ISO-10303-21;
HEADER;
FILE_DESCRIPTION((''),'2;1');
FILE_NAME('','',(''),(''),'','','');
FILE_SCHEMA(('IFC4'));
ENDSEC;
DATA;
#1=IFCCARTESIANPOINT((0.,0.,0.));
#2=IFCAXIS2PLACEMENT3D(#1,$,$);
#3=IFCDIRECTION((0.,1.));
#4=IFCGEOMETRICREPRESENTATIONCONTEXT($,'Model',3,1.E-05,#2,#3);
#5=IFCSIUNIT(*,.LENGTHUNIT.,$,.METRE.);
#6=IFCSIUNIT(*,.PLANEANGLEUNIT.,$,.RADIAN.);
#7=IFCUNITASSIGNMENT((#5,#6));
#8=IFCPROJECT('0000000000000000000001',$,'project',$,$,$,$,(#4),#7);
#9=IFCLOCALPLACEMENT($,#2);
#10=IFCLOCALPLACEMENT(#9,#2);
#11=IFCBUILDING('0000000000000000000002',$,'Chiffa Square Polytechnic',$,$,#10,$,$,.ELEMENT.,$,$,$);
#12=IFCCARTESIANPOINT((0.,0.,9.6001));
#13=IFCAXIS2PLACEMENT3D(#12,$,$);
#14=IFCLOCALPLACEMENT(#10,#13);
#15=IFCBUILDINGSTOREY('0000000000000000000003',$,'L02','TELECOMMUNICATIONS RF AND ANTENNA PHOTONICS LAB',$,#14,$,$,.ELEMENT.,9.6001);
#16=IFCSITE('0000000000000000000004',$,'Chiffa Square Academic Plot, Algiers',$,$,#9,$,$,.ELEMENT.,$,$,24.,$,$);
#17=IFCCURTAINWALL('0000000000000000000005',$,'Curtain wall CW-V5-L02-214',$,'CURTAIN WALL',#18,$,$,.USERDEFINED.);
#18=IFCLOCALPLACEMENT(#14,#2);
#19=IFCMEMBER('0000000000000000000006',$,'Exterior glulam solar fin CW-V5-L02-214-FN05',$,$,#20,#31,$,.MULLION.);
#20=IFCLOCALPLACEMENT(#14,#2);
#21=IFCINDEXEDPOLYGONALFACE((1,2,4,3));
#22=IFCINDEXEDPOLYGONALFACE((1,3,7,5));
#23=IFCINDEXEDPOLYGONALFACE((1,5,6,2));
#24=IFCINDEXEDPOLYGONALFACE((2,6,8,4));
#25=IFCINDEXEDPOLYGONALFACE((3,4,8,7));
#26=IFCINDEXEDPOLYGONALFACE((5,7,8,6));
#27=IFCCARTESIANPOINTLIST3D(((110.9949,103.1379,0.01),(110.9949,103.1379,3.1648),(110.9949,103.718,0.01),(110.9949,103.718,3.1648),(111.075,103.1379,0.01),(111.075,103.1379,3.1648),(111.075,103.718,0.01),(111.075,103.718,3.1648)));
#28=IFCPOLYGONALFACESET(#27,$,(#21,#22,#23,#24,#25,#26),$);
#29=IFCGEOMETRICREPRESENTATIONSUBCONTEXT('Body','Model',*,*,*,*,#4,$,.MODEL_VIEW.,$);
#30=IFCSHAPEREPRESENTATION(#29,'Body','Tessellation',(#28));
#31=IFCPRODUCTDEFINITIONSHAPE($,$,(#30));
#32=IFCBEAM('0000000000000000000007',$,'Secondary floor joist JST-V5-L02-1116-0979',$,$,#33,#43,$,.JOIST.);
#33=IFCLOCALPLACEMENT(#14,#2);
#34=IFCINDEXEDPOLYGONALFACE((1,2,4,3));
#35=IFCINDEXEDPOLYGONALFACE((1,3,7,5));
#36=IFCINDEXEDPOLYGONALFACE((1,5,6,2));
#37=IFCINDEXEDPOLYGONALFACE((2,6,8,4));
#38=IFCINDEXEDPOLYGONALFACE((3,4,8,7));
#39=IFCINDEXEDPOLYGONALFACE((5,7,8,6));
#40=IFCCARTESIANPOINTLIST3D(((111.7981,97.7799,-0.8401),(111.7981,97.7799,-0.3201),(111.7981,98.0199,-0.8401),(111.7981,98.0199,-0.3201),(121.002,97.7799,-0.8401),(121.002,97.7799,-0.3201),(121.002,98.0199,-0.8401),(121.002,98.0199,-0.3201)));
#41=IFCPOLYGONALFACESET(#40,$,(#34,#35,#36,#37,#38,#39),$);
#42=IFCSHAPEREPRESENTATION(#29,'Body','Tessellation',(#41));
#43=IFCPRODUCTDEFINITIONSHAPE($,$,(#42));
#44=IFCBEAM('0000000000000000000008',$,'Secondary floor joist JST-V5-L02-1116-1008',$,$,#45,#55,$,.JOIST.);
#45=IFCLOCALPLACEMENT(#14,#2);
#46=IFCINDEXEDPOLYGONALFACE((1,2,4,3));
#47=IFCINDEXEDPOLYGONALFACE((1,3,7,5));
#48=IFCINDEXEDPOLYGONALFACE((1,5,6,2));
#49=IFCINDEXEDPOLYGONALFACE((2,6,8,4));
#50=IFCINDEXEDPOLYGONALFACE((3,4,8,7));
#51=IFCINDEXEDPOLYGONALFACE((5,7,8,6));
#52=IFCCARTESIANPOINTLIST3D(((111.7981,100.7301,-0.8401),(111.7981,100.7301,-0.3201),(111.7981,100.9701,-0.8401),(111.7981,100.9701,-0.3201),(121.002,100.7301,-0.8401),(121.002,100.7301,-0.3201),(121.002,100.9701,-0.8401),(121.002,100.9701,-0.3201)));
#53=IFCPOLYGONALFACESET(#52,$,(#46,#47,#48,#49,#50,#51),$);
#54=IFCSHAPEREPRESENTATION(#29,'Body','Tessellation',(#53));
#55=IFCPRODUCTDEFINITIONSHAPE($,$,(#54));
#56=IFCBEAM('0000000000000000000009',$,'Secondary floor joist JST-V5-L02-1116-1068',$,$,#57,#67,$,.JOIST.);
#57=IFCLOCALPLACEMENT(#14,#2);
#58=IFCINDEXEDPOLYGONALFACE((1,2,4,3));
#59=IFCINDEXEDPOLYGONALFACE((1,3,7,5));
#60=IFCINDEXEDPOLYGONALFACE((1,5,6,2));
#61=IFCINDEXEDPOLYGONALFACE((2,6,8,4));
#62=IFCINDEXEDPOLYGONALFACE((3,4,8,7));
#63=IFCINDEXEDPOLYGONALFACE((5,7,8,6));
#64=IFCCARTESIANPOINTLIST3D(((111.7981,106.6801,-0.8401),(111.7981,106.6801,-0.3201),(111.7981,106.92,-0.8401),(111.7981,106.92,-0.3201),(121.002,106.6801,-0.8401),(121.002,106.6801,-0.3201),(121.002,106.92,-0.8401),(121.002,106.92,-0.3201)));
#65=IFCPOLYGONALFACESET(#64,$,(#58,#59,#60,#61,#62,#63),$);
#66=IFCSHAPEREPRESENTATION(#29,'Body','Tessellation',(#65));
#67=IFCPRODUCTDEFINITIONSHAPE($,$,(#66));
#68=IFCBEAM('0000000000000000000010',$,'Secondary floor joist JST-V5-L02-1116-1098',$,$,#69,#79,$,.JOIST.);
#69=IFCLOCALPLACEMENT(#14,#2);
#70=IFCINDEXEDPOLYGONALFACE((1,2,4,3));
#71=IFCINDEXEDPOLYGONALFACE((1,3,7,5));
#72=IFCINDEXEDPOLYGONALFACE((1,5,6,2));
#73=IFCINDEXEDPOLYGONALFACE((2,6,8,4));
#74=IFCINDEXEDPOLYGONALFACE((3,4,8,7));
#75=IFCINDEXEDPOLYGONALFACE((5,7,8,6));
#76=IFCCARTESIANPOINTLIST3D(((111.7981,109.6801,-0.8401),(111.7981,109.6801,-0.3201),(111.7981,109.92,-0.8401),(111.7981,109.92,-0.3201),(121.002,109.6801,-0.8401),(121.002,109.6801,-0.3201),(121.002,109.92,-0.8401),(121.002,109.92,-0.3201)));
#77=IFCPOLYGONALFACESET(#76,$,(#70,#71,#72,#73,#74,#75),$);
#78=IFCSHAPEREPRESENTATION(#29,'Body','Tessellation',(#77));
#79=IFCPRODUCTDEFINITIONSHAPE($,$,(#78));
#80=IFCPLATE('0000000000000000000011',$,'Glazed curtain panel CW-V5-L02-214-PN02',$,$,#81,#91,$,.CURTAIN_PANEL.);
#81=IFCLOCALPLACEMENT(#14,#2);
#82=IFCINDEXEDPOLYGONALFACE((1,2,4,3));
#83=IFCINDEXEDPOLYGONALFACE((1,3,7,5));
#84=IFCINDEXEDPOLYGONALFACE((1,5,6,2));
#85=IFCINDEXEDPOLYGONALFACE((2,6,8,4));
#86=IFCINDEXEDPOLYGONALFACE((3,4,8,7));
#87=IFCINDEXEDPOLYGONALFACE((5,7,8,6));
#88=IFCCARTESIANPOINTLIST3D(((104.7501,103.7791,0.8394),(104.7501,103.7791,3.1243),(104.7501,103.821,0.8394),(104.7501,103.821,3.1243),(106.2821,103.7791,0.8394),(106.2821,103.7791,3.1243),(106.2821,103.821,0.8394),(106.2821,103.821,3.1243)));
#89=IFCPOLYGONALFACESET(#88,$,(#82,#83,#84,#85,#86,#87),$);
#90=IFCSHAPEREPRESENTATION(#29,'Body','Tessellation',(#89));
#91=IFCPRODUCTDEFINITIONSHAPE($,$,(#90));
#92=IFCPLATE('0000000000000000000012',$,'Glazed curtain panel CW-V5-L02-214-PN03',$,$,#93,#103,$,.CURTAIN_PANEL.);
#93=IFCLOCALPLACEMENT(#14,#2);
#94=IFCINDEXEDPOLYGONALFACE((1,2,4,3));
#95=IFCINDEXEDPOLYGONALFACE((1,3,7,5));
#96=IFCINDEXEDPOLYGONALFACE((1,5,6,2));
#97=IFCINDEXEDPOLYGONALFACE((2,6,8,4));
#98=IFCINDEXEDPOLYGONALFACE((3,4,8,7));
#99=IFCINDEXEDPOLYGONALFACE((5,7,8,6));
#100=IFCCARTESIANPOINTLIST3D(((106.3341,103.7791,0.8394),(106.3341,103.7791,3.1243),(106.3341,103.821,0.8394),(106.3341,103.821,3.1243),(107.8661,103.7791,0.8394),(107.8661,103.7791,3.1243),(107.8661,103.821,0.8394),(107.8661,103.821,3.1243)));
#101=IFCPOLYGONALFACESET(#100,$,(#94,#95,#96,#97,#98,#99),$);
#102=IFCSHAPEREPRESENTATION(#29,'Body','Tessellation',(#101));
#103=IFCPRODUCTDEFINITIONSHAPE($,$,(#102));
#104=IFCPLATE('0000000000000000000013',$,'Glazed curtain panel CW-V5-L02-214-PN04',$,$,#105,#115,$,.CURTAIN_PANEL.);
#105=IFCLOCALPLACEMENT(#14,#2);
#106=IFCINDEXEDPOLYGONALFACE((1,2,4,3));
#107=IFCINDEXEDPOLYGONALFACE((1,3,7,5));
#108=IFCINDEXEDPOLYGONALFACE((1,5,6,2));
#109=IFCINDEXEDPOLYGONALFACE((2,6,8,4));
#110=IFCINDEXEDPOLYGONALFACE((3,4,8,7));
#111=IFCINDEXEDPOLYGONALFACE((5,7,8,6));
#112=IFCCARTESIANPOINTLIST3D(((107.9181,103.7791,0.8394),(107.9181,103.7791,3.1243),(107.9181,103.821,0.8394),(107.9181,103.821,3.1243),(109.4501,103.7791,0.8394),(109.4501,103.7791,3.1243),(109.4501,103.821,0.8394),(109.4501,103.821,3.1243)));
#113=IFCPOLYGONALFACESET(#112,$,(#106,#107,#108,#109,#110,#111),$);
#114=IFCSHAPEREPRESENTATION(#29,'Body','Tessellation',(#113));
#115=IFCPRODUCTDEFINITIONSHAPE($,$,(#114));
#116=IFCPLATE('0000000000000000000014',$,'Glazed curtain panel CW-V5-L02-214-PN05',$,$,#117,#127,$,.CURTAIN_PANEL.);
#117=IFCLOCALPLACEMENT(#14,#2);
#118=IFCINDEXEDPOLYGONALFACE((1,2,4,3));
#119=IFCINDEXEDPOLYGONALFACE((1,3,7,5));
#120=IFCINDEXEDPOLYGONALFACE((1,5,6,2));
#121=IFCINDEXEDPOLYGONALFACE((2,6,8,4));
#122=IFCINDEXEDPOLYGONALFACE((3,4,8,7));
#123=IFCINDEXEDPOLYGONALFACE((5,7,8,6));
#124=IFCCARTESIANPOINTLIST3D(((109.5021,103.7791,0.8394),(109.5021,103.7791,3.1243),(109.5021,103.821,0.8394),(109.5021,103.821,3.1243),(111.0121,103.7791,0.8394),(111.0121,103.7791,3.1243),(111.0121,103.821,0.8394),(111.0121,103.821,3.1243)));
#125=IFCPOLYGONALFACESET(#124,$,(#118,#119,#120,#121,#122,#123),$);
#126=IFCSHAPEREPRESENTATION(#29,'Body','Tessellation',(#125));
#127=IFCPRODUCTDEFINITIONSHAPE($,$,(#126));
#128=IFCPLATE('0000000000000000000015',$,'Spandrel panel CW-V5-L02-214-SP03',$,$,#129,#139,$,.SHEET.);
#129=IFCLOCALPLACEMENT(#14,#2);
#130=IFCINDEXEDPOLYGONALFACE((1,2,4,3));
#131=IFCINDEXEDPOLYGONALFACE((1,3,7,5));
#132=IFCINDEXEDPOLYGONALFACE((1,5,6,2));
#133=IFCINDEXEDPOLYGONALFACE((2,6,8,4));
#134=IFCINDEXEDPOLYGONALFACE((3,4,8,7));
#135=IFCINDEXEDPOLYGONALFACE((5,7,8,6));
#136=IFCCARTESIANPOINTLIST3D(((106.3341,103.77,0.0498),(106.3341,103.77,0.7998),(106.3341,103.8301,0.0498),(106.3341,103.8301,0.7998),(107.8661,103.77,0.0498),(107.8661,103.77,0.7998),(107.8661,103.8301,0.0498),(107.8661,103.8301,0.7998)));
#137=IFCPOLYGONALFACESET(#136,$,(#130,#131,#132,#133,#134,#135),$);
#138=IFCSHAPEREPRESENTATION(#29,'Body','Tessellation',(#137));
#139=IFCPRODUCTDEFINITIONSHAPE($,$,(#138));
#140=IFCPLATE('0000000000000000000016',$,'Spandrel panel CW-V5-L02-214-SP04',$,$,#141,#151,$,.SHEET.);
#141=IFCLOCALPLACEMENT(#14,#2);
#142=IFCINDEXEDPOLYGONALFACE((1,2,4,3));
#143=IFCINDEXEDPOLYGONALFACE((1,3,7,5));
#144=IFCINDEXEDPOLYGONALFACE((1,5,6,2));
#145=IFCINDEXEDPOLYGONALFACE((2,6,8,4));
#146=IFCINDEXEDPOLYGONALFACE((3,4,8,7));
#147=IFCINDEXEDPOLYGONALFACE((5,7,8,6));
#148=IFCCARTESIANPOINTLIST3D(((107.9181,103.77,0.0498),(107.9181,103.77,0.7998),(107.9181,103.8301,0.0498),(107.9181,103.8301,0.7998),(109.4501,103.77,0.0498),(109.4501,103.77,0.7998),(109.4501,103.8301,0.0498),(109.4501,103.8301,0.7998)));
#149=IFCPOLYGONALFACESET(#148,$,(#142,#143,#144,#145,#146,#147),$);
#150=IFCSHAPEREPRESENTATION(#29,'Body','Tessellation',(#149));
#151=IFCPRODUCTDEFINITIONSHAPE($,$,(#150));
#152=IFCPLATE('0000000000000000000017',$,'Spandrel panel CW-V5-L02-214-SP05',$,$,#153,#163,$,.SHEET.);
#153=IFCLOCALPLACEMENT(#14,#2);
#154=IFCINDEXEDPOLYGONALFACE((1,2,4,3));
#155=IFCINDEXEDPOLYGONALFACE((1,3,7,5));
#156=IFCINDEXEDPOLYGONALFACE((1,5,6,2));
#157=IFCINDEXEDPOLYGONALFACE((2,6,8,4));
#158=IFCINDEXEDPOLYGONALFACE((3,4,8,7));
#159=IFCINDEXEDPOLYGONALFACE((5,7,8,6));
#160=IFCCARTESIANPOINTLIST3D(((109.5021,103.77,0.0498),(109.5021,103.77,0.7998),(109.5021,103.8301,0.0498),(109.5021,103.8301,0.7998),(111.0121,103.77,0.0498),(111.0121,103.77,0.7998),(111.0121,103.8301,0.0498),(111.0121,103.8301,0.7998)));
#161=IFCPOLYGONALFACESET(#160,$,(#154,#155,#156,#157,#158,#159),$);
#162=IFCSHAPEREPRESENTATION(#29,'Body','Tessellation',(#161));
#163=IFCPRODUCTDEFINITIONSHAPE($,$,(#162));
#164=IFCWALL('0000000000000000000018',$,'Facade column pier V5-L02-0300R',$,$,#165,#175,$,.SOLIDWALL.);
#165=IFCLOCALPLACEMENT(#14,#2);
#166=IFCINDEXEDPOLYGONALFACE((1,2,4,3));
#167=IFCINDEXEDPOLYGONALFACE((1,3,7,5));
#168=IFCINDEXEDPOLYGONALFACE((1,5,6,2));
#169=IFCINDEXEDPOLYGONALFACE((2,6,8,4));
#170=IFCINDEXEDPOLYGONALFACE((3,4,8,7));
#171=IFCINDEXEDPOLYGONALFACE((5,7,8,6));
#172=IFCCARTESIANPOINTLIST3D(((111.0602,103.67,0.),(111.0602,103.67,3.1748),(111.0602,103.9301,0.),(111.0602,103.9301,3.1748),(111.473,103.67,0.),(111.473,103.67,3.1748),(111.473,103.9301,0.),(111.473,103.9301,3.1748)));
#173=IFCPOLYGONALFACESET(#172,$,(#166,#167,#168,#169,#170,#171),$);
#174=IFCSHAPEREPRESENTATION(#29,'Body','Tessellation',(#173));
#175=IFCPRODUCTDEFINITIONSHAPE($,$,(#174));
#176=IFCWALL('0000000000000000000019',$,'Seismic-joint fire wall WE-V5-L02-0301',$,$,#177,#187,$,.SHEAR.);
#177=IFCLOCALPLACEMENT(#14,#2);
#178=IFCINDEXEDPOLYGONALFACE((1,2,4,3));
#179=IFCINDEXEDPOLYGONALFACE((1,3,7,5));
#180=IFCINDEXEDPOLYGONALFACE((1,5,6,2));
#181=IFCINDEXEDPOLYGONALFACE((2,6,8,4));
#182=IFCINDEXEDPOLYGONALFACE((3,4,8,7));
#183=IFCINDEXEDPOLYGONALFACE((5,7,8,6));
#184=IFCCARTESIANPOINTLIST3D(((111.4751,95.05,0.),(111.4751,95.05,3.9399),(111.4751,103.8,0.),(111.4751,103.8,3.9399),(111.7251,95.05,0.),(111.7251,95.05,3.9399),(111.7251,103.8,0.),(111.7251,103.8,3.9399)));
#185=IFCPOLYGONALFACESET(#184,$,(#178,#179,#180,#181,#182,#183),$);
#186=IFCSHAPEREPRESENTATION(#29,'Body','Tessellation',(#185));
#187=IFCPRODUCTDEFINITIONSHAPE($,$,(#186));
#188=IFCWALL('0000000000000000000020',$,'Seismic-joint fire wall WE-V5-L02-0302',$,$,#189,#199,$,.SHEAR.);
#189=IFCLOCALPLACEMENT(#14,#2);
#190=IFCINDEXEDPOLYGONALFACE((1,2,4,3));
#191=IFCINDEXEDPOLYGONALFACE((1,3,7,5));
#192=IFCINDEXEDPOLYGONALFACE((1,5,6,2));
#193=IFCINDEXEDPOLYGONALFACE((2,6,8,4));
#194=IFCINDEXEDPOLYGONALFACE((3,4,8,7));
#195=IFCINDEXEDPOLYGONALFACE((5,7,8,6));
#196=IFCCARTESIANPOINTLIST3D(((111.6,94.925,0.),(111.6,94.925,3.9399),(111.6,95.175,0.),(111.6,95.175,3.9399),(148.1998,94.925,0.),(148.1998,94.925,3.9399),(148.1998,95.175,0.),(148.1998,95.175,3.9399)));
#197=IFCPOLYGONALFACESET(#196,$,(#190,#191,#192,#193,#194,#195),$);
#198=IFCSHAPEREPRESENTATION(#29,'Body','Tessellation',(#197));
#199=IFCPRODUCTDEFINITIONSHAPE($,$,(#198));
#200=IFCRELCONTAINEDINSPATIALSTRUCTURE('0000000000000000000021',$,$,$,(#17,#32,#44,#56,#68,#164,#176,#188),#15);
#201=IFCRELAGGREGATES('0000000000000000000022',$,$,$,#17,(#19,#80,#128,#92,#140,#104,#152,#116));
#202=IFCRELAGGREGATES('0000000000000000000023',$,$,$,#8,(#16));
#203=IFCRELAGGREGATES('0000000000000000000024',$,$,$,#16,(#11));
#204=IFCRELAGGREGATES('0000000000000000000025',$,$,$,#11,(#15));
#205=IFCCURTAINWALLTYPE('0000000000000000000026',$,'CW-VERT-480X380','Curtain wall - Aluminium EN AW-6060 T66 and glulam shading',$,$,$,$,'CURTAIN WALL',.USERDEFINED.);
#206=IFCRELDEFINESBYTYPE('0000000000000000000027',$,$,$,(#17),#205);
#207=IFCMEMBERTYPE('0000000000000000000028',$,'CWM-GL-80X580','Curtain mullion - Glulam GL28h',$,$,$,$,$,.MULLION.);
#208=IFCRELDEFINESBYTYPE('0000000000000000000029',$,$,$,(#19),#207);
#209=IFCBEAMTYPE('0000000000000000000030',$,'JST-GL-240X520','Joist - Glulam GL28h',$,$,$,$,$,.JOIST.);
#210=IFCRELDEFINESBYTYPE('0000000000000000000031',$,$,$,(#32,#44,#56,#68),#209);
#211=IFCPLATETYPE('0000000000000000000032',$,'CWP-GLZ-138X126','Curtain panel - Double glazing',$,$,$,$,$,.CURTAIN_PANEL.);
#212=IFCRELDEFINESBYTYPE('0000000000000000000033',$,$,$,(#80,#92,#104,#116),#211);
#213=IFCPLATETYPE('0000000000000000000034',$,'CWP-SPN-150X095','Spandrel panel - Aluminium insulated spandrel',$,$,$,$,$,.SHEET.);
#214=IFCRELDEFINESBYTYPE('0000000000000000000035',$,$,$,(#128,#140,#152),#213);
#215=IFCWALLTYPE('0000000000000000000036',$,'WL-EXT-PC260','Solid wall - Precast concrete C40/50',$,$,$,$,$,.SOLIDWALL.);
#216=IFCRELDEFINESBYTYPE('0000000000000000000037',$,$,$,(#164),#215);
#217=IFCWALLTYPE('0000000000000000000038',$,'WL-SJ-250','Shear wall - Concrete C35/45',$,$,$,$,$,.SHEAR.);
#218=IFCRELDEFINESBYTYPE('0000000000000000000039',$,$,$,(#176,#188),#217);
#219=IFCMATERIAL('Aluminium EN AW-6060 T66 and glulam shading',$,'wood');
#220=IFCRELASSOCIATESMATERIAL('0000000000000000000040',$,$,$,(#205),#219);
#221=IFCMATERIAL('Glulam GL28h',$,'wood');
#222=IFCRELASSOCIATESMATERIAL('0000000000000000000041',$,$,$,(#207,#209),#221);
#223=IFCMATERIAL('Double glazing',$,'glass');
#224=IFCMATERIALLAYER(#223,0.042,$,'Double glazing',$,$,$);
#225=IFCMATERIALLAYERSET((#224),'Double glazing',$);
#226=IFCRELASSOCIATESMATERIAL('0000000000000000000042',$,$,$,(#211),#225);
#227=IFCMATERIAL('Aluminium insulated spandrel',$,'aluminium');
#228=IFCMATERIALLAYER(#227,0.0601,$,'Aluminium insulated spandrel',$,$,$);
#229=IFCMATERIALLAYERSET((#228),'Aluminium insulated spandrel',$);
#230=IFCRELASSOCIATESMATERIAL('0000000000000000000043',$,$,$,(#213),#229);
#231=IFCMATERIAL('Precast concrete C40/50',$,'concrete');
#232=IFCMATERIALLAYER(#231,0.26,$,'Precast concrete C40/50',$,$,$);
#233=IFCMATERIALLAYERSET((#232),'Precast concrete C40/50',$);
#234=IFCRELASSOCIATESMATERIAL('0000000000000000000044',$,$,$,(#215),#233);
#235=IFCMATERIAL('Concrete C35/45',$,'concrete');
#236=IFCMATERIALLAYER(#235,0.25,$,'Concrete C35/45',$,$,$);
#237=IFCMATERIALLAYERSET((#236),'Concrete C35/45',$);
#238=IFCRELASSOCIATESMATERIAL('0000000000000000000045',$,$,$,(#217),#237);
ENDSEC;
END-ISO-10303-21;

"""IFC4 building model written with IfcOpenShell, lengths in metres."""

from ifc_helpers import new_model, si_unit, direction, frame, frame_2d, origin, origin_2d, place, context, subcontext, project, spatial, rectangle, extrude, material, layer, layer_set, material_profile, profile_set, type_object, element, aggregate, save


model = new_model("IFC4")

# Units and contexts
model_context = context("Model", 3, precision=1e-05, world=origin(), true_north=direction((0.0, 1.0)))
body_context = subcontext(model_context, "Body", "Model", "MODEL_VIEW")
ifc_project = project(units=[si_unit("LENGTHUNIT", "METRE"), si_unit("PLANEANGLEUNIT", "RADIAN")], contexts=[model_context])

# Site, building, storey
site_placement = place(None, origin())
site = spatial("IfcSite", under=ifc_project, at=site_placement, Name="Chiffa Square Academic Plot, Algiers", CompositionType="ELEMENT", RefElevation=24.0)
building_placement = place(site_placement, origin())
building = spatial("IfcBuilding", under=site, at=building_placement, Name="Chiffa Square Polytechnic", CompositionType="ELEMENT")
storey_placement = place(building_placement, frame((0.0, 0.0, 9.6001)))
storey = spatial("IfcBuildingStorey", under=building, at=storey_placement, Name="L02", Description="TELECOMMUNICATIONS RF AND ANTENNA PHOTONICS LAB", CompositionType="ELEMENT", Elevation=9.6001)

# Shared definitions
ifc_material_1 = material(Name="Concrete C35/45", Category="concrete")

# Curtain wall, member
ifc_material_2 = material(Name="Aluminium EN AW-6060 T66 and glulam shading", Category="wood")
curtain_wall_type = type_object("IfcCurtainWallType", Name="CW-VERT-480X380", Description="Curtain wall - Aluminium EN AW-6060 T66 and glulam shading", ElementType="CURTAIN WALL", PredefinedType="USERDEFINED", material=ifc_material_2)
curtain_wall_placement = place(storey_placement, origin())
curtain_wall = element("IfcCurtainWall", 1, at=curtain_wall_placement, inside=storey, type_object=curtain_wall_type, Name="Curtain wall CW-V5-L02-214", ObjectType="CURTAIN WALL", PredefinedType="USERDEFINED")
ifc_material_3 = material(Name="Glulam GL28h", Category="wood")
ifc_material_profile_1 = material_profile(ifc_material_3, rectangle(XDim=0.0801, YDim=0.5801, at=origin_2d()), Name="GL28h 80x580")
ifc_profile_set_1 = profile_set([ifc_material_profile_1], Name="Glulam GL28h")
member_type_1 = type_object("IfcMemberType", Name="CWM-GL-80X580", Description="Curtain mullion - Glulam GL28h", PredefinedType="MULLION", material=ifc_profile_set_1)
member_1_placement = place(storey_placement, frame((111.0349, 103.428, 0.01), z_axis=(0.0, 0.0, 1.0), x_axis=(1.0, 0.0, 0.0)))
member_1 = element("IfcMember", 2, at=member_1_placement, type_object=member_type_1, Name="Exterior glulam solar fin CW-V5-L02-214-FN05", PredefinedType="MULLION", context=body_context, shape_type="SweptSolid", body=[
    extrude(rectangle(XDim=0.0801, YDim=0.5801, at=origin_2d()), origin(), (0.0, 0.0, 1.0), 3.1548),
])

# Beams
ifc_material_profile_2 = material_profile(ifc_material_3, rectangle(XDim=0.24, YDim=0.52, at=origin_2d()), Name="GL28h 240x520")
ifc_profile_set_2 = profile_set([ifc_material_profile_2], Name="Glulam GL28h")
beam_type_1 = type_object("IfcBeamType", Name="JST-GL-240X520", Description="Joist - Glulam GL28h", PredefinedType="JOIST", material=ifc_profile_set_2)
for number, where, z_axis, x_axis, name in (
    (3, (111.7981, 97.8999, -0.5801), (1.0, 0.0, 0.0), (0.0, 1.0, 0.0), "Secondary floor joist JST-V5-L02-1116-0979"),
    (4, (111.7981, 100.8501, -0.5801), (1.0, 0.0, 0.0), (0.0, 1.0, 0.0), "Secondary floor joist JST-V5-L02-1116-1008"),
    (5, (111.7981, 106.8, -0.5801), (1.0, 0.0, 0.0), (0.0, 1.0, 0.0), "Secondary floor joist JST-V5-L02-1116-1068"),
    (6, (111.7981, 109.8, -0.5801), (1.0, 0.0, 0.0), (0.0, 1.0, 0.0), "Secondary floor joist JST-V5-L02-1116-1098"),
):
    element("IfcBeam", number, at=place(storey_placement, frame(where, z_axis=z_axis, x_axis=x_axis)), inside=storey, type_object=beam_type_1, Name=name, PredefinedType="JOIST", context=body_context, shape_type="SweptSolid", body=[
        extrude(rectangle(XDim=0.24, YDim=0.52, at=origin_2d()), origin(), (0.0, 0.0, 1.0), 9.2039),
    ])

# Plates
ifc_material_4 = material(Name="Double glazing", Category="glass")
ifc_layer_1 = layer(ifc_material_4, 0.042, Name="Double glazing")
ifc_layer_set_1 = layer_set([ifc_layer_1], Name="Double glazing")
plate_type_1 = type_object("IfcPlateType", Name="CWP-GLZ-138X126", Description="Curtain panel - Double glazing", PredefinedType="CURTAIN_PANEL", material=ifc_layer_set_1)
plate_1_placement = place(storey_placement, frame((105.5161, 103.8, 0.8394), z_axis=(0.0, 0.0, 1.0), x_axis=(1.0, 0.0, 0.0)))
plate_1 = element("IfcPlate", 7, at=plate_1_placement, type_object=plate_type_1, Name="Glazed curtain panel CW-V5-L02-214-PN02", PredefinedType="CURTAIN_PANEL", context=body_context, shape_type="SweptSolid", body=[
    extrude(rectangle(XDim=1.532, YDim=0.042, at=origin_2d()), origin(), (0.0, 0.0, 1.0), 2.2849),
])
plate_2_placement = place(storey_placement, frame((107.1001, 103.8, 0.8394), z_axis=(0.0, 0.0, 1.0), x_axis=(1.0, 0.0, 0.0)))
plate_2 = element("IfcPlate", 8, at=plate_2_placement, type_object=plate_type_1, Name="Glazed curtain panel CW-V5-L02-214-PN03", PredefinedType="CURTAIN_PANEL", context=body_context, shape_type="SweptSolid", body=[
    extrude(rectangle(XDim=1.532, YDim=0.042, at=origin_2d()), origin(), (0.0, 0.0, 1.0), 2.2849),
])
plate_3_placement = place(storey_placement, frame((108.6841, 103.8, 0.8394), z_axis=(0.0, 0.0, 1.0), x_axis=(1.0, 0.0, 0.0)))
plate_3 = element("IfcPlate", 9, at=plate_3_placement, type_object=plate_type_1, Name="Glazed curtain panel CW-V5-L02-214-PN04", PredefinedType="CURTAIN_PANEL", context=body_context, shape_type="SweptSolid", body=[
    extrude(rectangle(XDim=1.532, YDim=0.042, at=origin_2d()), origin(), (0.0, 0.0, 1.0), 2.2849),
])
plate_4_placement = place(storey_placement, frame((110.2571, 103.8, 0.8394), z_axis=(0.0, 0.0, 1.0), x_axis=(1.0, 0.0, 0.0)))
plate_4 = element("IfcPlate", 10, at=plate_4_placement, type_object=plate_type_1, Name="Glazed curtain panel CW-V5-L02-214-PN05", PredefinedType="CURTAIN_PANEL", context=body_context, shape_type="SweptSolid", body=[
    extrude(rectangle(XDim=1.51, YDim=0.042, at=origin_2d()), origin(), (0.0, 0.0, 1.0), 2.2849),
])
ifc_material_5 = material(Name="Aluminium insulated spandrel", Category="aluminium")
ifc_layer_2 = layer(ifc_material_5, 0.0601, Name="Aluminium insulated spandrel")
ifc_layer_set_2 = layer_set([ifc_layer_2], Name="Aluminium insulated spandrel")
plate_type_2 = type_object("IfcPlateType", Name="CWP-SPN-150X095", Description="Spandrel panel - Aluminium insulated spandrel", PredefinedType="SHEET", material=ifc_layer_set_2)
plate_5_placement = place(storey_placement, frame((107.1001, 103.8, 0.0498), z_axis=(0.0, 0.0, 1.0), x_axis=(1.0, 0.0, 0.0)))
plate_5 = element("IfcPlate", 11, at=plate_5_placement, type_object=plate_type_2, Name="Spandrel panel CW-V5-L02-214-SP03", PredefinedType="SHEET", context=body_context, shape_type="SweptSolid", body=[
    extrude(rectangle(XDim=1.532, YDim=0.0601, at=origin_2d()), origin(), (0.0, 0.0, 1.0), 0.75),
])
plate_6_placement = place(storey_placement, frame((108.6841, 103.8, 0.0498), z_axis=(0.0, 0.0, 1.0), x_axis=(1.0, 0.0, 0.0)))
plate_6 = element("IfcPlate", 12, at=plate_6_placement, type_object=plate_type_2, Name="Spandrel panel CW-V5-L02-214-SP04", PredefinedType="SHEET", context=body_context, shape_type="SweptSolid", body=[
    extrude(rectangle(XDim=1.532, YDim=0.0601, at=origin_2d()), origin(), (0.0, 0.0, 1.0), 0.75),
])
plate_7_placement = place(storey_placement, frame((110.2571, 103.8, 0.0498), z_axis=(0.0, 0.0, 1.0), x_axis=(1.0, 0.0, 0.0)))
plate_7 = element("IfcPlate", 13, at=plate_7_placement, type_object=plate_type_2, Name="Spandrel panel CW-V5-L02-214-SP05", PredefinedType="SHEET", context=body_context, shape_type="SweptSolid", body=[
    extrude(rectangle(XDim=1.51, YDim=0.0601, at=origin_2d()), origin(), (0.0, 0.0, 1.0), 0.75),
])
aggregate(curtain_wall, [member_1, plate_1, plate_5, plate_2, plate_6, plate_3, plate_7, plate_4])

# Walls
ifc_material_6 = material(Name="Precast concrete C40/50", Category="concrete")
ifc_layer_3 = layer(ifc_material_6, 0.26, Name="Precast concrete C40/50")
ifc_layer_set_3 = layer_set([ifc_layer_3], Name="Precast concrete C40/50")
wall_type_1 = type_object("IfcWallType", Name="WL-EXT-PC260", Description="Solid wall - Precast concrete C40/50", PredefinedType="SOLIDWALL", material=ifc_layer_set_3)
wall_1_placement = place(storey_placement, frame((111.0601, 103.8, 0.0), z_axis=(0.0, 0.0, 1.0), x_axis=(1.0, 0.0, 0.0)))
element("IfcWall", 14, at=wall_1_placement, inside=storey, type_object=wall_type_1, Name="Facade column pier V5-L02-0300R", PredefinedType="SOLIDWALL", context=body_context, shape_type="SweptSolid", body=[
    extrude(rectangle(XDim=0.4128, YDim=0.26, at=frame_2d((0.2065, 0.0))), origin(), (0.0, 0.0, 1.0), 3.1748),
])
ifc_layer_4 = layer(ifc_material_1, 0.25, Name="Concrete C35/45")
ifc_layer_set_4 = layer_set([ifc_layer_4], Name="Concrete C35/45")
wall_type_2 = type_object("IfcWallType", Name="WL-SJ-250", Description="Shear wall - Concrete C35/45", PredefinedType="SHEAR", material=ifc_layer_set_4)
wall_2_placement = place(storey_placement, frame((111.6001, 103.8, 0.0), z_axis=(0.0, 0.0, 1.0), x_axis=(0.0, -1.0, 0.0)))
element("IfcWall", 15, at=wall_2_placement, inside=storey, type_object=wall_type_2, Name="Seismic-joint fire wall WE-V5-L02-0301", PredefinedType="SHEAR", context=body_context, shape_type="SweptSolid", body=[
    extrude(rectangle(XDim=8.75, YDim=0.25, at=frame_2d((4.375, 0.0))), origin(), (0.0, 0.0, 1.0), 3.9399),
])
wall_3_placement = place(storey_placement, frame((111.6001, 95.05, 0.0), z_axis=(0.0, 0.0, 1.0), x_axis=(1.0, 0.0, 0.0)))
element("IfcWall", 16, at=wall_3_placement, inside=storey, type_object=wall_type_2, Name="Seismic-joint fire wall WE-V5-L02-0302", PredefinedType="SHEAR", context=body_context, shape_type="SweptSolid", body=[
    extrude(rectangle(XDim=36.5999, YDim=0.25, at=frame_2d((18.2998, 0.0))), origin(), (0.0, 0.0, 1.0), 3.9399),
])

save(model, "model.ifc")
